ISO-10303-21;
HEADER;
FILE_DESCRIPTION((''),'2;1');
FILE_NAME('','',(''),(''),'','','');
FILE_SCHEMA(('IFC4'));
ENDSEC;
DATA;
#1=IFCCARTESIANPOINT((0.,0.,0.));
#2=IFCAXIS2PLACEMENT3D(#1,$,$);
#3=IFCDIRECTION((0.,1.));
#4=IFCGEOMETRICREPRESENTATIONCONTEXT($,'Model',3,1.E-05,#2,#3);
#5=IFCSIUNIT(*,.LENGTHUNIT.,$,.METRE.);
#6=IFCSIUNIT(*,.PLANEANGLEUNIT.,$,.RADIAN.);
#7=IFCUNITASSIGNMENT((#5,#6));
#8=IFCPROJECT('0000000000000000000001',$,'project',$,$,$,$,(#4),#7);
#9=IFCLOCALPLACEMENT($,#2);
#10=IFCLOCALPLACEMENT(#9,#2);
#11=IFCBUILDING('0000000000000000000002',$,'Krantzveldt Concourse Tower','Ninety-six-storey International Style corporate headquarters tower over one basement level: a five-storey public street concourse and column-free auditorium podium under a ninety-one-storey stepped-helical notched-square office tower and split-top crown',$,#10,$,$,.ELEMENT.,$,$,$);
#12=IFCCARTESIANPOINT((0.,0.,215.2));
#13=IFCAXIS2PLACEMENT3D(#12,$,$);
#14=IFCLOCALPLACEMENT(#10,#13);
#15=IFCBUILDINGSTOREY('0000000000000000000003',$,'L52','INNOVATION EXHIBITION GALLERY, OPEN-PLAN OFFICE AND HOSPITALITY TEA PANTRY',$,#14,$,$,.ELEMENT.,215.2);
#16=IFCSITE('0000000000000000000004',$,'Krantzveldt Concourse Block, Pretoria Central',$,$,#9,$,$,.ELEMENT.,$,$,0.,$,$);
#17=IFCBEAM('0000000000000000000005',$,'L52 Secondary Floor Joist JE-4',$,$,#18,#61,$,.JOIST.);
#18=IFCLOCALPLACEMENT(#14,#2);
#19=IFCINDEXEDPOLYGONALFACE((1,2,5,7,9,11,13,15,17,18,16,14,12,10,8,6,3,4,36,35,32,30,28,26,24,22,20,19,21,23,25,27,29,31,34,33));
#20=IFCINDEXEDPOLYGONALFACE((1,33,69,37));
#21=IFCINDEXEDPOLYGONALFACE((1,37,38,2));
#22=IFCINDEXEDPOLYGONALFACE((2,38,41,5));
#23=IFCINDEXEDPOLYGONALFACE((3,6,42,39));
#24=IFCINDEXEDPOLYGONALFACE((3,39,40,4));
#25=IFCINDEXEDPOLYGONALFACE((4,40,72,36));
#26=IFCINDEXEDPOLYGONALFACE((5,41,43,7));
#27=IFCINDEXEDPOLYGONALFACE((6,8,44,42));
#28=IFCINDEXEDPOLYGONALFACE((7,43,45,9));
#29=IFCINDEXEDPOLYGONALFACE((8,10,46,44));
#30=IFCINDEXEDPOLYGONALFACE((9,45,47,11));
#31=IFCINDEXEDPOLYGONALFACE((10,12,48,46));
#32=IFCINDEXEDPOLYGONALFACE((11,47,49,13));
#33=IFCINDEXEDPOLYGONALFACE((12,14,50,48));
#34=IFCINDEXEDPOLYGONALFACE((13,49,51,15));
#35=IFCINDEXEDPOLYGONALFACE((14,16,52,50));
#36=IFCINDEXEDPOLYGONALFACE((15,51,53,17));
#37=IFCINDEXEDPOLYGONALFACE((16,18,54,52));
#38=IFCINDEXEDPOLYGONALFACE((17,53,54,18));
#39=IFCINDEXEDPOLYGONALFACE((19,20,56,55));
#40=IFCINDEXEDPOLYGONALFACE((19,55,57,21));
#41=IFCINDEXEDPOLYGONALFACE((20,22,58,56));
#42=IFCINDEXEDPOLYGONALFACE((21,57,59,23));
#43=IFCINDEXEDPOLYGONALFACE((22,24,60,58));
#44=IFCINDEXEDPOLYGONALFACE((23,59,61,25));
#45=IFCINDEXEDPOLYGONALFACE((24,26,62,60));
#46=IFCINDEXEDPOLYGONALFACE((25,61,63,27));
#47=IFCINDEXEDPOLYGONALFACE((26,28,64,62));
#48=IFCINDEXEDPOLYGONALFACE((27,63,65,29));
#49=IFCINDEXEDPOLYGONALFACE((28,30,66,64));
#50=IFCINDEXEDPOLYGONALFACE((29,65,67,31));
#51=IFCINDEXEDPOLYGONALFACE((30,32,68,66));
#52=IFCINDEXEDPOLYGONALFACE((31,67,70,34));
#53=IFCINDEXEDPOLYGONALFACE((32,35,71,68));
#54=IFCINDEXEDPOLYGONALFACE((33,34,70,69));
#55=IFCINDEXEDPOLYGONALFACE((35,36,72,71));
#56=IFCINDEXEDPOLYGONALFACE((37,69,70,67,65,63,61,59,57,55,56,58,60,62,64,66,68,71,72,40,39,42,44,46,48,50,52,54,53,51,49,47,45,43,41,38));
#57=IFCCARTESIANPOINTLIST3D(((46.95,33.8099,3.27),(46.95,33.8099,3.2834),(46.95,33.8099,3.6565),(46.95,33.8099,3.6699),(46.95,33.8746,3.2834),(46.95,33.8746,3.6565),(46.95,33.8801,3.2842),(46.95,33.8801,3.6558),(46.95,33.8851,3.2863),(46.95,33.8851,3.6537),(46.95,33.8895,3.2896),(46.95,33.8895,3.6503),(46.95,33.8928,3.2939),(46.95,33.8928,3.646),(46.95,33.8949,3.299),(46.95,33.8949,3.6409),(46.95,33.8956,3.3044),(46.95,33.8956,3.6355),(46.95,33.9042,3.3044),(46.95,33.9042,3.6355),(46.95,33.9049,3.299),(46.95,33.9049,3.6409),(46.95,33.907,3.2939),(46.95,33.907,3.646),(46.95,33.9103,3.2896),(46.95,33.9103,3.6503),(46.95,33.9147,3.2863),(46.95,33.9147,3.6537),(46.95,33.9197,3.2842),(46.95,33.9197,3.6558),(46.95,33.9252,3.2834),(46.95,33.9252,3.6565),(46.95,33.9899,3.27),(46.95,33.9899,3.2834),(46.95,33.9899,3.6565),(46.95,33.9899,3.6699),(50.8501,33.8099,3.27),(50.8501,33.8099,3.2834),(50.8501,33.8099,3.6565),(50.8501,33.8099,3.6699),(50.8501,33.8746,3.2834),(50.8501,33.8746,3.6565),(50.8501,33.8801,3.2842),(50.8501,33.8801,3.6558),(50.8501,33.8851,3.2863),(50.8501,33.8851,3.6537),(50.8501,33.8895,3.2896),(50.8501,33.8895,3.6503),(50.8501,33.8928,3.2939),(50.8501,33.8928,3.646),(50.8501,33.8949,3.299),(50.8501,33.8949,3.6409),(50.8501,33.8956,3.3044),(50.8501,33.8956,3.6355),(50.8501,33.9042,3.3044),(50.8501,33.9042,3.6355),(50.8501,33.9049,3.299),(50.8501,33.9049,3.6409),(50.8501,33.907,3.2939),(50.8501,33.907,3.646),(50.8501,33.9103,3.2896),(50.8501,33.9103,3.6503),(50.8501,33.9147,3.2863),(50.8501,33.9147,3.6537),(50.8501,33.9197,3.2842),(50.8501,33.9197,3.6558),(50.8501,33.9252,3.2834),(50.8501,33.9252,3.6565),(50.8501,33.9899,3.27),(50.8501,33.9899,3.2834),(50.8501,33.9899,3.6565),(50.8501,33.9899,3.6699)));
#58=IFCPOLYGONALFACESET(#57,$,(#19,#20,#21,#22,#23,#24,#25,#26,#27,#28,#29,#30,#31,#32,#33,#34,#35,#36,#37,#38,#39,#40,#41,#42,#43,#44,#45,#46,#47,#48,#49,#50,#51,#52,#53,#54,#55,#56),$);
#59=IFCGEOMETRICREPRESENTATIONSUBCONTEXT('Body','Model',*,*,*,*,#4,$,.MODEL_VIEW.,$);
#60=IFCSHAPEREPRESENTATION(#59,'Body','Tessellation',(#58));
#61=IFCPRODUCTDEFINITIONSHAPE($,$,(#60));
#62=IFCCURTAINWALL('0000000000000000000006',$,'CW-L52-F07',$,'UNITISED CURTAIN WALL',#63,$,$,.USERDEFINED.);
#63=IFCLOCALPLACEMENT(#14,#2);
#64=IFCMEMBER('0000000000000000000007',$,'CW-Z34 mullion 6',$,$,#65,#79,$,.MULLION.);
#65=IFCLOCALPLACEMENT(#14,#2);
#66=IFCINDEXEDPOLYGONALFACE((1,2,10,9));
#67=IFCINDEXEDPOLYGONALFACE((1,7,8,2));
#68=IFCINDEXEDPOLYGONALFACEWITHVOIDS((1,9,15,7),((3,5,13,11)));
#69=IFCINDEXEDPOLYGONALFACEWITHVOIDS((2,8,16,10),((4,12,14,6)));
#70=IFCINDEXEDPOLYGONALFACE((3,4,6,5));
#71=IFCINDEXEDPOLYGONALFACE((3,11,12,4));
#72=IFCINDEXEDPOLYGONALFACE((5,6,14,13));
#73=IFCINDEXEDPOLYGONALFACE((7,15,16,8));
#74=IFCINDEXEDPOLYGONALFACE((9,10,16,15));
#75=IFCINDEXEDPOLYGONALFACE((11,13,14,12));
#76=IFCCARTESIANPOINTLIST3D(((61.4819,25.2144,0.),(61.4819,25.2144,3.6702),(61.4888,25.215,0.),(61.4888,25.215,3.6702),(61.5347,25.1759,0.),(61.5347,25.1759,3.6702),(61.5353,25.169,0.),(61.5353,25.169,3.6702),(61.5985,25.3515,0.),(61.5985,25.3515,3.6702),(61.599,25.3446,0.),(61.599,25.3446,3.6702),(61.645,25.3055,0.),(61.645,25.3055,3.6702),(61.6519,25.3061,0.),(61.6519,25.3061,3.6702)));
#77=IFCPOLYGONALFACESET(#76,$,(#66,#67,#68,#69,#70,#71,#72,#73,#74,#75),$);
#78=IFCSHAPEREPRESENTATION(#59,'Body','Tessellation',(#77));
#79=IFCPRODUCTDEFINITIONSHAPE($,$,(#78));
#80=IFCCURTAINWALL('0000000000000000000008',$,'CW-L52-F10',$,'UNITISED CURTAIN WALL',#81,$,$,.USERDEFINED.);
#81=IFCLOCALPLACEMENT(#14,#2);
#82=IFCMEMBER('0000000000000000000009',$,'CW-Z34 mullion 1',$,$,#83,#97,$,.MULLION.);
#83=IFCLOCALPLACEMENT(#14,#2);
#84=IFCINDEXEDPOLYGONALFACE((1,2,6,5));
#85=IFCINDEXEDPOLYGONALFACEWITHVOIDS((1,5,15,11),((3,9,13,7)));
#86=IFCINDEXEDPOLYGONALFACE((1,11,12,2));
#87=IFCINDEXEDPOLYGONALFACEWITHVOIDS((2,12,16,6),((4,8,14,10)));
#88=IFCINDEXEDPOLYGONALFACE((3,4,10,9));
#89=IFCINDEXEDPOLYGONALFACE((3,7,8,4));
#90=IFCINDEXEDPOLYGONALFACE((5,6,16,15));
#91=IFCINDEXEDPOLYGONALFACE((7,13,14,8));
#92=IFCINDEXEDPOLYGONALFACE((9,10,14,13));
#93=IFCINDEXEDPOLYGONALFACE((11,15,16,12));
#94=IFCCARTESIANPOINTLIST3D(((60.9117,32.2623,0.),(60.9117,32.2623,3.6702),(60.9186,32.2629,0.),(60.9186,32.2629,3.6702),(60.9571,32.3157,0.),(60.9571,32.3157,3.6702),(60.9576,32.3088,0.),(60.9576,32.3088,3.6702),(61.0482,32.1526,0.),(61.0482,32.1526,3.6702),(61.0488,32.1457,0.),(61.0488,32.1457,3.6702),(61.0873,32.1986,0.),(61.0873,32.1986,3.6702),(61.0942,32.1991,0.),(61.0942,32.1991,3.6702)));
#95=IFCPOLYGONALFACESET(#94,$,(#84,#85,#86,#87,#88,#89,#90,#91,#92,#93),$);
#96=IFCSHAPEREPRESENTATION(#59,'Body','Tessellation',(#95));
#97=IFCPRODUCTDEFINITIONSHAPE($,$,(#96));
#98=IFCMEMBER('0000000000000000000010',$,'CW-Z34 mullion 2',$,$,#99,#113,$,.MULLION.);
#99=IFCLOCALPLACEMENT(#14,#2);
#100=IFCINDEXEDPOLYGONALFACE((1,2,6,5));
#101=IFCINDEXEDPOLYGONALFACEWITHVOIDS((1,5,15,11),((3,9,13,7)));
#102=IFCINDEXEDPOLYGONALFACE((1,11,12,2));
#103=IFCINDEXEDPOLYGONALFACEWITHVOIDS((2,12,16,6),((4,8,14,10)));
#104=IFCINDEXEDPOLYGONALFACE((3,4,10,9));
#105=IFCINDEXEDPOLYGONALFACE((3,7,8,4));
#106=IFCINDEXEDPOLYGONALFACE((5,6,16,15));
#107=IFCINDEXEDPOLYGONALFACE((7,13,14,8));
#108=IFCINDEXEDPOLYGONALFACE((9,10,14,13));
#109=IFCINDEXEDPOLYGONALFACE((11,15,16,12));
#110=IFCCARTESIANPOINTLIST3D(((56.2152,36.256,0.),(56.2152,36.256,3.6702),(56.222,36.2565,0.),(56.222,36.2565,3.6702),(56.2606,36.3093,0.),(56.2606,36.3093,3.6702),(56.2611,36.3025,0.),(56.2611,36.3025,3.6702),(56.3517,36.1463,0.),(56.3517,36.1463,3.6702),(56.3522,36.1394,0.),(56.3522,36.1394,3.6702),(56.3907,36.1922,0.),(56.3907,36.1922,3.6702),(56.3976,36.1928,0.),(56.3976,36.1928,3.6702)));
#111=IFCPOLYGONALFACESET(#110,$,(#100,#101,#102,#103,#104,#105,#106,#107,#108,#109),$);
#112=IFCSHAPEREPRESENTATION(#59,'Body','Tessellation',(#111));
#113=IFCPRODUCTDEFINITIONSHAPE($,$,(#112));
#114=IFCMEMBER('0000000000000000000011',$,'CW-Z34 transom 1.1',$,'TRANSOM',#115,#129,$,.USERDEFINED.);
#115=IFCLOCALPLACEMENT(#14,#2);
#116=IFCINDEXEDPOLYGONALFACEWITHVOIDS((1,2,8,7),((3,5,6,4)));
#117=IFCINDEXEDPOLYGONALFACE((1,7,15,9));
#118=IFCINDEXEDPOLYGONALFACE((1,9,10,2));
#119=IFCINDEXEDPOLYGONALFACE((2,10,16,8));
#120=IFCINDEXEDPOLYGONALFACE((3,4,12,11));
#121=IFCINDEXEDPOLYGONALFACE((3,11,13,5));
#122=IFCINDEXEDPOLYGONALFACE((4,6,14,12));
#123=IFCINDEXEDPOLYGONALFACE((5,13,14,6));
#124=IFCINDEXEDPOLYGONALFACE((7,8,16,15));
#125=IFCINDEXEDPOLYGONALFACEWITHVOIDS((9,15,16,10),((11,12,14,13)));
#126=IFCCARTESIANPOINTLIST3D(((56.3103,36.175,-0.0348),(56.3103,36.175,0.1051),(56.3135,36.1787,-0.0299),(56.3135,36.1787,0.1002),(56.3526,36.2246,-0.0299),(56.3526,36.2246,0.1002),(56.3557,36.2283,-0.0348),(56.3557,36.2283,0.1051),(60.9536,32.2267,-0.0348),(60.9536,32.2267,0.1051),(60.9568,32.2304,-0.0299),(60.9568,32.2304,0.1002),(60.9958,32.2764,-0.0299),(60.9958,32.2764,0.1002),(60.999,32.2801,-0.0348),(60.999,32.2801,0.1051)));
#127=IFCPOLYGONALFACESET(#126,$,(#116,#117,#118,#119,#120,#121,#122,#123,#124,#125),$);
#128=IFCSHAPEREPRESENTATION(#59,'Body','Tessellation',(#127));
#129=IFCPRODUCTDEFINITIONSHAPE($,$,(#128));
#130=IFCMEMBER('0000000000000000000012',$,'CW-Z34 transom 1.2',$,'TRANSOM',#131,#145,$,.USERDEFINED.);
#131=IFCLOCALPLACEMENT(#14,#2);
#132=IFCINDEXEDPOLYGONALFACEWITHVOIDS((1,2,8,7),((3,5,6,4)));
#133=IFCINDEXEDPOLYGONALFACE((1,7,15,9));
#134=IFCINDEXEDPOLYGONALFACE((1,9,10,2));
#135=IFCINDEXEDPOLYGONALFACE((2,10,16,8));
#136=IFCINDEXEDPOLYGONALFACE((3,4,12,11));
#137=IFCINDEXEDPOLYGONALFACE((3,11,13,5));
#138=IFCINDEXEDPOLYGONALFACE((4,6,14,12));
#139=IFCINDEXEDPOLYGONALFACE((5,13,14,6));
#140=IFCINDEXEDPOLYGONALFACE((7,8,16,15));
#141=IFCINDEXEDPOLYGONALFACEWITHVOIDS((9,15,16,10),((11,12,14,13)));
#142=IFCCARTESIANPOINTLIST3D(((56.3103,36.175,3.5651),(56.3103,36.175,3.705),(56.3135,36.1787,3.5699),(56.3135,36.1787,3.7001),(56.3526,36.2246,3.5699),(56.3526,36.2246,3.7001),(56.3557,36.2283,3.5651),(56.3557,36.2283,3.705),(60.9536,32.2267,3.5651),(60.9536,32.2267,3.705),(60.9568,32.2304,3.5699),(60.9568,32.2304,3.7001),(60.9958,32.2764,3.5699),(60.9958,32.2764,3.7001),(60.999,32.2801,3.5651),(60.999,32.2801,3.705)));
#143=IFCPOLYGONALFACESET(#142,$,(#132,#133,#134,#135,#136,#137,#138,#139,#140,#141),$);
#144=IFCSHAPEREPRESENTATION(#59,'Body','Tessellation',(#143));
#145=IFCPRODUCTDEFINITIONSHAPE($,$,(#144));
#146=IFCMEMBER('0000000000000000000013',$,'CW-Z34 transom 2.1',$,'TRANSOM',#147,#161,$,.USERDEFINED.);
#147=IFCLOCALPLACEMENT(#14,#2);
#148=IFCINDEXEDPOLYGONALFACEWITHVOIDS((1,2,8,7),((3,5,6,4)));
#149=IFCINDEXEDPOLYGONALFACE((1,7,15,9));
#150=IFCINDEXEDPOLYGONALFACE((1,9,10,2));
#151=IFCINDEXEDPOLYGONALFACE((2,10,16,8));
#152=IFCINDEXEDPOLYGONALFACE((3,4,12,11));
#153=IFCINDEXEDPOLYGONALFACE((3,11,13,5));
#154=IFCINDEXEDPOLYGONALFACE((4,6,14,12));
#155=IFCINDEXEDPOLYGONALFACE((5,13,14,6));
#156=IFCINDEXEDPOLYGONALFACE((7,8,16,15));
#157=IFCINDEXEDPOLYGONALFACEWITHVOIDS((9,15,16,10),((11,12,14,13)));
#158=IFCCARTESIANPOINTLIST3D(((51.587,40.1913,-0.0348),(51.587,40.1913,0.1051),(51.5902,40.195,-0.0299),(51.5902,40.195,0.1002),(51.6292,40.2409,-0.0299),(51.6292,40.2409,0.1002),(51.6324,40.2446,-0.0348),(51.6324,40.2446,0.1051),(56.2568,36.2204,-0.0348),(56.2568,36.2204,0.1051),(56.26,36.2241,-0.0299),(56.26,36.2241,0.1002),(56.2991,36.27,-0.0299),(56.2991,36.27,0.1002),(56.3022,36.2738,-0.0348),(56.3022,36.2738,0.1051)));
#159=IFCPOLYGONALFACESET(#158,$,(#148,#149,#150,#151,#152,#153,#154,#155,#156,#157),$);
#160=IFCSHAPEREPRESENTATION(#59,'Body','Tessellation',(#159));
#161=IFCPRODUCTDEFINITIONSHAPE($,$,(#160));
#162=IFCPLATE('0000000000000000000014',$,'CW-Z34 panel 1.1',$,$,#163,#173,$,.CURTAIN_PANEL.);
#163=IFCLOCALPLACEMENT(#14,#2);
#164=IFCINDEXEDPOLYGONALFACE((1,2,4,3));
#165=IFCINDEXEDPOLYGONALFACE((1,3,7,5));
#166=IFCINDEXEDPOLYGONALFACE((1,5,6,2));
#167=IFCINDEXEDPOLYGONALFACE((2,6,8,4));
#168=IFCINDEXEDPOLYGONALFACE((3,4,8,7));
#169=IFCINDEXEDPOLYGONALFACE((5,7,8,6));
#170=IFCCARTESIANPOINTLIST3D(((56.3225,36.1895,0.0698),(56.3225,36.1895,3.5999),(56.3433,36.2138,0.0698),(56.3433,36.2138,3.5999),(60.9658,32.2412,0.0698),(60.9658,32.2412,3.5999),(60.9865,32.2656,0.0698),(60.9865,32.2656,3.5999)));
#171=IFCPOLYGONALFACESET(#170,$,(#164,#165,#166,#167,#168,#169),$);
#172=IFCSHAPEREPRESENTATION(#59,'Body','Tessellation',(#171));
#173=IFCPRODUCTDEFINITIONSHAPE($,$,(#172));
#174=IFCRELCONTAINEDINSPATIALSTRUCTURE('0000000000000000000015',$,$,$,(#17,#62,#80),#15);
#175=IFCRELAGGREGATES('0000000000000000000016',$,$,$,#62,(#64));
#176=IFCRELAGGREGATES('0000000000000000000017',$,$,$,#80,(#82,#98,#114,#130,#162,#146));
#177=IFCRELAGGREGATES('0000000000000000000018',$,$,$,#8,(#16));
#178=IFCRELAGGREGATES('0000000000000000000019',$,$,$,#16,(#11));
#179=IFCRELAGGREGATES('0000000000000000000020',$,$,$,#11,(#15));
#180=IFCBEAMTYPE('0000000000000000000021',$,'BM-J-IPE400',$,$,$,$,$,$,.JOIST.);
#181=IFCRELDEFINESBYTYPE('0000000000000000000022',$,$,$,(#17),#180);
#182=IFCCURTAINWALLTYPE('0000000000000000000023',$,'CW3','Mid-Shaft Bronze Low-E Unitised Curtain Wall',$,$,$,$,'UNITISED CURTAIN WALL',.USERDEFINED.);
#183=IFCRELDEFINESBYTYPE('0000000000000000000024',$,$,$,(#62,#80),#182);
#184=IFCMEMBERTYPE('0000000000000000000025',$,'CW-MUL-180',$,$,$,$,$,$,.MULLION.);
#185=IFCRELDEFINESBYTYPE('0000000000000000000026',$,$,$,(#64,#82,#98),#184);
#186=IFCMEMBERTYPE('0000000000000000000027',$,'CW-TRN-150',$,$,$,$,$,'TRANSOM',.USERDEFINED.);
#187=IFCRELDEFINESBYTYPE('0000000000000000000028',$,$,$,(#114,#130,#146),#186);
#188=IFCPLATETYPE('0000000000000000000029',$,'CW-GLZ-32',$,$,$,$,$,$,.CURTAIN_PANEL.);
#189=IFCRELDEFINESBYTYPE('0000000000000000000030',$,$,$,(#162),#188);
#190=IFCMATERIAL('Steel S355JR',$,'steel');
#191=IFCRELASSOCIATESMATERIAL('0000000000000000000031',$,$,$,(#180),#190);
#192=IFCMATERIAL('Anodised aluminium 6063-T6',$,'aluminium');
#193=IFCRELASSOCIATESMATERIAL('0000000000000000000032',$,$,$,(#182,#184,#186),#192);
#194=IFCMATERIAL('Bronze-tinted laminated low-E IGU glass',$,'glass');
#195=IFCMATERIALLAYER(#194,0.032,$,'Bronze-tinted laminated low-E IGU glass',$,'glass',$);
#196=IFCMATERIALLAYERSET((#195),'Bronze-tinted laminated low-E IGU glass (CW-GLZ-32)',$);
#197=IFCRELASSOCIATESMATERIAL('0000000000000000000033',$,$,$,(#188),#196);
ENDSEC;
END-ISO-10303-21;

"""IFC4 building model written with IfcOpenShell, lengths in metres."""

from ifc_helpers import new_model, si_unit, direction, frame, origin, origin_2d, place, context, subcontext, project, spatial, rectangle, hollow_rectangle, i_section, extrude, source, transform, mapped, material, layer, layer_set, material_profile, profile_set, type_object, type_shapes, element, aggregate, save


model = new_model("IFC4")

# Units and contexts
model_context = context("Model", 3, precision=1e-05, world=origin(), true_north=direction((0.0, 1.0)))
body_context = subcontext(model_context, "Body", "Model", "MODEL_VIEW")
ifc_project = project(units=[si_unit("LENGTHUNIT", "METRE"), si_unit("PLANEANGLEUNIT", "RADIAN")], contexts=[model_context])

# Site, building, storey
site_placement = place(None, origin())
site = spatial("IfcSite", under=ifc_project, at=site_placement, Name="Krantzveldt Concourse Block, Pretoria Central", CompositionType="ELEMENT", RefElevation=0.0)
building_placement = place(site_placement, origin())
building = spatial("IfcBuilding", under=site, at=building_placement, Name="Krantzveldt Concourse Tower", Description="Ninety-six-storey International Style corporate headquarters tower over one basement level: a five-storey public street concourse and column-free auditorium podium under a ninety-one-storey stepped-helical notched-square office tower and split-top crown", CompositionType="ELEMENT")
storey_placement = place(building_placement, frame((0.0, 0.0, 215.2)))
storey = spatial("IfcBuildingStorey", under=building, at=storey_placement, Name="L52", Description="INNOVATION EXHIBITION GALLERY, OPEN-PLAN OFFICE AND HOSPITALITY TEA PANTRY", CompositionType="ELEMENT", Elevation=215.2)

# Beam
ifc_material_1 = material(Name="Steel S355JR", Category="steel")
ifc_material_profile_1 = material_profile(ifc_material_1, i_section(OverallWidth=0.1799, OverallDepth=0.3999, WebThickness=0.0085, FlangeThickness=0.0134, FilletRadius=0.021, at=origin_2d()), Name="Steel S355JR", Category="steel")
ifc_profile_set_1 = profile_set([ifc_material_profile_1], Name="Steel S355JR - IPE 400")
beam_type_1 = type_object("IfcBeamType", Name="BM-J-IPE400", PredefinedType="JOIST", material=ifc_profile_set_1)
shared_shape_1 = source(origin(), body_context, "Body", "SweptSolid", [
    extrude(i_section(OverallWidth=0.1799, OverallDepth=0.3999, WebThickness=0.0085, FlangeThickness=0.0134, FilletRadius=0.021, at=origin_2d()), origin(), (0.0, 0.0, 1.0), 3.9001),
])
type_shapes(beam_type_1, [shared_shape_1])
for number, where, z_axis, x_axis, name in (
    (1, (46.95, 33.8999, 3.47), (1.0, 0.0, 0.0), (0.0, 1.0, 0.0), "L52 Secondary Floor Joist JE-4"),
):
    element("IfcBeam", number, at=place(storey_placement, frame(where, z_axis=z_axis, x_axis=x_axis)), inside=storey, type_object=beam_type_1, Name=name, PredefinedType="JOIST", context=body_context, shape_type="MappedRepresentation", body=[
        mapped(shared_shape_1, transform((0.0, 0.0, 0.0), x_axis=(1.0, 0.0, 0.0), y_axis=(0.0, 1.0, 0.0), z_axis=(0.0, 0.0, 1.0), scale=1.0)),
    ])

# Curtain wall, member
ifc_material_2 = material(Name="Anodised aluminium 6063-T6", Category="aluminium")
curtain_wall_type = type_object("IfcCurtainWallType", Name="CW3", Description="Mid-Shaft Bronze Low-E Unitised Curtain Wall", ElementType="UNITISED CURTAIN WALL", PredefinedType="USERDEFINED", material=ifc_material_2)
curtain_wall_1_placement = place(storey_placement, origin())
curtain_wall_1 = element("IfcCurtainWall", 2, at=curtain_wall_1_placement, inside=storey, type_object=curtain_wall_type, Name="CW-L52-F07", ObjectType="UNITISED CURTAIN WALL", PredefinedType="USERDEFINED")
ifc_material_profile_2 = material_profile(ifc_material_2, hollow_rectangle(XDim=0.0701, YDim=0.1799, WallThickness=0.0049, at=origin_2d()), Name="Anodised aluminium 6063-T6", Category="aluminium")
ifc_profile_set_2 = profile_set([ifc_material_profile_2], Name="Anodised aluminium 6063-T6 - ALU-MULL 180x70x5")
member_type_1 = type_object("IfcMemberType", Name="CW-MUL-180", PredefinedType="MULLION", material=ifc_profile_set_2)
shared_shape_2 = source(origin(), body_context, "Body", "SweptSolid", [
    extrude(hollow_rectangle(XDim=0.0701, YDim=0.1799, WallThickness=0.0049, at=origin_2d()), origin(), (0.0, 0.0, 1.0), 3.6702),
])
type_shapes(member_type_1, [shared_shape_2])
member_1_placement = place(storey_placement, frame((61.5669, 25.2603, 0.0), z_axis=(0.0, 0.0, 1.0), x_axis=(-0.761821, 0.647788, 0.0)))
member_1 = element("IfcMember", 3, at=member_1_placement, type_object=member_type_1, Name="CW-Z34 mullion 6", PredefinedType="MULLION", context=body_context, shape_type="MappedRepresentation", body=[
    mapped(shared_shape_2, transform((0.0, 0.0, 0.0), x_axis=(1.0, 0.0, 0.0), y_axis=(0.0, 1.0, 0.0), z_axis=(0.0, 0.0, 1.0), scale=1.0)),
])
aggregate(curtain_wall_1, [member_1])

# Curtain wall, members, plate
curtain_wall_2_placement = place(storey_placement, origin())
curtain_wall_2 = element("IfcCurtainWall", 4, at=curtain_wall_2_placement, inside=storey, type_object=curtain_wall_type, Name="CW-L52-F10", ObjectType="UNITISED CURTAIN WALL", PredefinedType="USERDEFINED")
member_2_placement = place(storey_placement, frame((61.0029, 32.2307, 0.0), z_axis=(0.0, 0.0, 1.0), x_axis=(-0.647788, -0.761821, 0.0)))
member_2 = element("IfcMember", 5, at=member_2_placement, type_object=member_type_1, Name="CW-Z34 mullion 1", PredefinedType="MULLION", context=body_context, shape_type="MappedRepresentation", body=[
    mapped(shared_shape_2, transform((0.0, 0.0, 0.0), x_axis=(1.0, 0.0, 0.0), y_axis=(0.0, 1.0, 0.0), z_axis=(0.0, 0.0, 1.0), scale=1.0)),
])
member_3_placement = place(storey_placement, frame((56.3064, 36.2244, 0.0), z_axis=(0.0, 0.0, 1.0), x_axis=(-0.647788, -0.761821, 0.0)))
member_3 = element("IfcMember", 6, at=member_3_placement, type_object=member_type_1, Name="CW-Z34 mullion 2", PredefinedType="MULLION", context=body_context, shape_type="MappedRepresentation", body=[
    mapped(shared_shape_2, transform((0.0, 0.0, 0.0), x_axis=(1.0, 0.0, 0.0), y_axis=(0.0, 1.0, 0.0), z_axis=(0.0, 0.0, 1.0), scale=1.0)),
])
ifc_material_profile_3 = material_profile(ifc_material_2, hollow_rectangle(XDim=0.0701, YDim=0.1399, WallThickness=0.0049, at=origin_2d()), Name="Anodised aluminium 6063-T6", Category="aluminium")
ifc_profile_set_3 = profile_set([ifc_material_profile_3], Name="Anodised aluminium 6063-T6 - ALU-TRAN 140x70x5")
member_type_2 = type_object("IfcMemberType", Name="CW-TRN-150", ElementType="TRANSOM", PredefinedType="USERDEFINED", material=ifc_profile_set_3)
shared_shape_3 = source(origin(), body_context, "Body", "SweptSolid", [
    extrude(hollow_rectangle(XDim=0.0701, YDim=0.1399, WallThickness=0.0049, at=origin_2d()), origin(), (0.0, 0.0, 1.0), 6.095),
])
member_4_placement = place(storey_placement, frame((60.9763, 32.2534, 0.0352), z_axis=(-0.761824, 0.647784, 0.0), x_axis=(-0.647784, -0.761824, 0.0)))
member_4 = element("IfcMember", 7, at=member_4_placement, type_object=member_type_2, Name="CW-Z34 transom 1.1", ObjectType="TRANSOM", PredefinedType="USERDEFINED", context=body_context, shape_type="MappedRepresentation", body=[
    mapped(shared_shape_3, transform((0.0, 0.0, 0.0), x_axis=(1.0, 0.0, 0.0), y_axis=(0.0, 1.0, 0.0), z_axis=(0.0, 0.0, 1.0), scale=1.0)),
])
member_5_placement = place(storey_placement, frame((60.9763, 32.2534, 3.635), z_axis=(-0.761824, 0.647784, 0.0), x_axis=(-0.647784, -0.761824, 0.0)))
member_5 = element("IfcMember", 8, at=member_5_placement, type_object=member_type_2, Name="CW-Z34 transom 1.2", ObjectType="TRANSOM", PredefinedType="USERDEFINED", context=body_context, shape_type="MappedRepresentation", body=[
    mapped(shared_shape_3, transform((0.0, 0.0, 0.0), x_axis=(1.0, 0.0, 0.0), y_axis=(0.0, 1.0, 0.0), z_axis=(0.0, 0.0, 1.0), scale=1.0)),
])
shared_shape_4 = source(origin(), body_context, "Body", "SweptSolid", [
    extrude(hollow_rectangle(XDim=0.0701, YDim=0.1399, WallThickness=0.0049, at=origin_2d()), origin(), (0.0, 0.0, 1.0), 6.1299),
])
type_shapes(member_type_2, [shared_shape_3, shared_shape_4])
member_6_placement = place(storey_placement, frame((56.2795, 36.2471, 0.0352), z_axis=(-0.761817, 0.647792, 0.0), x_axis=(-0.647792, -0.761817, 0.0)))
member_6 = element("IfcMember", 9, at=member_6_placement, type_object=member_type_2, Name="CW-Z34 transom 2.1", ObjectType="TRANSOM", PredefinedType="USERDEFINED", context=body_context, shape_type="MappedRepresentation", body=[
    mapped(shared_shape_4, transform((0.0, 0.0, 0.0), x_axis=(1.0, 0.0, 0.0), y_axis=(0.0, 1.0, 0.0), z_axis=(0.0, 0.0, 1.0), scale=1.0)),
])
ifc_material_3 = material(Name="Bronze-tinted laminated low-E IGU glass", Category="glass")
ifc_layer_1 = layer(ifc_material_3, 0.032, Name="Bronze-tinted laminated low-E IGU glass", Category="glass")
ifc_layer_set_1 = layer_set([ifc_layer_1], Name="Bronze-tinted laminated low-E IGU glass (CW-GLZ-32)")
plate_type = type_object("IfcPlateType", Name="CW-GLZ-32", PredefinedType="CURTAIN_PANEL", material=ifc_layer_set_1)
shared_shape_5 = source(origin(), body_context, "Body", "SweptSolid", [
    extrude(rectangle(XDim=6.095, YDim=0.032, at=origin_2d()), origin(), (0.0, 0.0, 1.0), 3.53),
])
type_shapes(plate_type, [shared_shape_5])
plate_placement = place(storey_placement, frame((58.6545, 34.2275, 0.0698), z_axis=(0.0, 0.0, 1.0), x_axis=(-0.761821, 0.647788, 0.0)))
plate = element("IfcPlate", 10, at=plate_placement, type_object=plate_type, Name="CW-Z34 panel 1.1", PredefinedType="CURTAIN_PANEL", context=body_context, shape_type="MappedRepresentation", body=[
    mapped(shared_shape_5, transform((0.0, 0.0, 0.0), x_axis=(1.0, 0.0, 0.0), y_axis=(0.0, 1.0, 0.0), z_axis=(0.0, 0.0, 1.0), scale=1.0)),
])
aggregate(curtain_wall_2, [member_2, member_3, member_4, member_5, plate, member_6])

save(model, "model.ifc")
